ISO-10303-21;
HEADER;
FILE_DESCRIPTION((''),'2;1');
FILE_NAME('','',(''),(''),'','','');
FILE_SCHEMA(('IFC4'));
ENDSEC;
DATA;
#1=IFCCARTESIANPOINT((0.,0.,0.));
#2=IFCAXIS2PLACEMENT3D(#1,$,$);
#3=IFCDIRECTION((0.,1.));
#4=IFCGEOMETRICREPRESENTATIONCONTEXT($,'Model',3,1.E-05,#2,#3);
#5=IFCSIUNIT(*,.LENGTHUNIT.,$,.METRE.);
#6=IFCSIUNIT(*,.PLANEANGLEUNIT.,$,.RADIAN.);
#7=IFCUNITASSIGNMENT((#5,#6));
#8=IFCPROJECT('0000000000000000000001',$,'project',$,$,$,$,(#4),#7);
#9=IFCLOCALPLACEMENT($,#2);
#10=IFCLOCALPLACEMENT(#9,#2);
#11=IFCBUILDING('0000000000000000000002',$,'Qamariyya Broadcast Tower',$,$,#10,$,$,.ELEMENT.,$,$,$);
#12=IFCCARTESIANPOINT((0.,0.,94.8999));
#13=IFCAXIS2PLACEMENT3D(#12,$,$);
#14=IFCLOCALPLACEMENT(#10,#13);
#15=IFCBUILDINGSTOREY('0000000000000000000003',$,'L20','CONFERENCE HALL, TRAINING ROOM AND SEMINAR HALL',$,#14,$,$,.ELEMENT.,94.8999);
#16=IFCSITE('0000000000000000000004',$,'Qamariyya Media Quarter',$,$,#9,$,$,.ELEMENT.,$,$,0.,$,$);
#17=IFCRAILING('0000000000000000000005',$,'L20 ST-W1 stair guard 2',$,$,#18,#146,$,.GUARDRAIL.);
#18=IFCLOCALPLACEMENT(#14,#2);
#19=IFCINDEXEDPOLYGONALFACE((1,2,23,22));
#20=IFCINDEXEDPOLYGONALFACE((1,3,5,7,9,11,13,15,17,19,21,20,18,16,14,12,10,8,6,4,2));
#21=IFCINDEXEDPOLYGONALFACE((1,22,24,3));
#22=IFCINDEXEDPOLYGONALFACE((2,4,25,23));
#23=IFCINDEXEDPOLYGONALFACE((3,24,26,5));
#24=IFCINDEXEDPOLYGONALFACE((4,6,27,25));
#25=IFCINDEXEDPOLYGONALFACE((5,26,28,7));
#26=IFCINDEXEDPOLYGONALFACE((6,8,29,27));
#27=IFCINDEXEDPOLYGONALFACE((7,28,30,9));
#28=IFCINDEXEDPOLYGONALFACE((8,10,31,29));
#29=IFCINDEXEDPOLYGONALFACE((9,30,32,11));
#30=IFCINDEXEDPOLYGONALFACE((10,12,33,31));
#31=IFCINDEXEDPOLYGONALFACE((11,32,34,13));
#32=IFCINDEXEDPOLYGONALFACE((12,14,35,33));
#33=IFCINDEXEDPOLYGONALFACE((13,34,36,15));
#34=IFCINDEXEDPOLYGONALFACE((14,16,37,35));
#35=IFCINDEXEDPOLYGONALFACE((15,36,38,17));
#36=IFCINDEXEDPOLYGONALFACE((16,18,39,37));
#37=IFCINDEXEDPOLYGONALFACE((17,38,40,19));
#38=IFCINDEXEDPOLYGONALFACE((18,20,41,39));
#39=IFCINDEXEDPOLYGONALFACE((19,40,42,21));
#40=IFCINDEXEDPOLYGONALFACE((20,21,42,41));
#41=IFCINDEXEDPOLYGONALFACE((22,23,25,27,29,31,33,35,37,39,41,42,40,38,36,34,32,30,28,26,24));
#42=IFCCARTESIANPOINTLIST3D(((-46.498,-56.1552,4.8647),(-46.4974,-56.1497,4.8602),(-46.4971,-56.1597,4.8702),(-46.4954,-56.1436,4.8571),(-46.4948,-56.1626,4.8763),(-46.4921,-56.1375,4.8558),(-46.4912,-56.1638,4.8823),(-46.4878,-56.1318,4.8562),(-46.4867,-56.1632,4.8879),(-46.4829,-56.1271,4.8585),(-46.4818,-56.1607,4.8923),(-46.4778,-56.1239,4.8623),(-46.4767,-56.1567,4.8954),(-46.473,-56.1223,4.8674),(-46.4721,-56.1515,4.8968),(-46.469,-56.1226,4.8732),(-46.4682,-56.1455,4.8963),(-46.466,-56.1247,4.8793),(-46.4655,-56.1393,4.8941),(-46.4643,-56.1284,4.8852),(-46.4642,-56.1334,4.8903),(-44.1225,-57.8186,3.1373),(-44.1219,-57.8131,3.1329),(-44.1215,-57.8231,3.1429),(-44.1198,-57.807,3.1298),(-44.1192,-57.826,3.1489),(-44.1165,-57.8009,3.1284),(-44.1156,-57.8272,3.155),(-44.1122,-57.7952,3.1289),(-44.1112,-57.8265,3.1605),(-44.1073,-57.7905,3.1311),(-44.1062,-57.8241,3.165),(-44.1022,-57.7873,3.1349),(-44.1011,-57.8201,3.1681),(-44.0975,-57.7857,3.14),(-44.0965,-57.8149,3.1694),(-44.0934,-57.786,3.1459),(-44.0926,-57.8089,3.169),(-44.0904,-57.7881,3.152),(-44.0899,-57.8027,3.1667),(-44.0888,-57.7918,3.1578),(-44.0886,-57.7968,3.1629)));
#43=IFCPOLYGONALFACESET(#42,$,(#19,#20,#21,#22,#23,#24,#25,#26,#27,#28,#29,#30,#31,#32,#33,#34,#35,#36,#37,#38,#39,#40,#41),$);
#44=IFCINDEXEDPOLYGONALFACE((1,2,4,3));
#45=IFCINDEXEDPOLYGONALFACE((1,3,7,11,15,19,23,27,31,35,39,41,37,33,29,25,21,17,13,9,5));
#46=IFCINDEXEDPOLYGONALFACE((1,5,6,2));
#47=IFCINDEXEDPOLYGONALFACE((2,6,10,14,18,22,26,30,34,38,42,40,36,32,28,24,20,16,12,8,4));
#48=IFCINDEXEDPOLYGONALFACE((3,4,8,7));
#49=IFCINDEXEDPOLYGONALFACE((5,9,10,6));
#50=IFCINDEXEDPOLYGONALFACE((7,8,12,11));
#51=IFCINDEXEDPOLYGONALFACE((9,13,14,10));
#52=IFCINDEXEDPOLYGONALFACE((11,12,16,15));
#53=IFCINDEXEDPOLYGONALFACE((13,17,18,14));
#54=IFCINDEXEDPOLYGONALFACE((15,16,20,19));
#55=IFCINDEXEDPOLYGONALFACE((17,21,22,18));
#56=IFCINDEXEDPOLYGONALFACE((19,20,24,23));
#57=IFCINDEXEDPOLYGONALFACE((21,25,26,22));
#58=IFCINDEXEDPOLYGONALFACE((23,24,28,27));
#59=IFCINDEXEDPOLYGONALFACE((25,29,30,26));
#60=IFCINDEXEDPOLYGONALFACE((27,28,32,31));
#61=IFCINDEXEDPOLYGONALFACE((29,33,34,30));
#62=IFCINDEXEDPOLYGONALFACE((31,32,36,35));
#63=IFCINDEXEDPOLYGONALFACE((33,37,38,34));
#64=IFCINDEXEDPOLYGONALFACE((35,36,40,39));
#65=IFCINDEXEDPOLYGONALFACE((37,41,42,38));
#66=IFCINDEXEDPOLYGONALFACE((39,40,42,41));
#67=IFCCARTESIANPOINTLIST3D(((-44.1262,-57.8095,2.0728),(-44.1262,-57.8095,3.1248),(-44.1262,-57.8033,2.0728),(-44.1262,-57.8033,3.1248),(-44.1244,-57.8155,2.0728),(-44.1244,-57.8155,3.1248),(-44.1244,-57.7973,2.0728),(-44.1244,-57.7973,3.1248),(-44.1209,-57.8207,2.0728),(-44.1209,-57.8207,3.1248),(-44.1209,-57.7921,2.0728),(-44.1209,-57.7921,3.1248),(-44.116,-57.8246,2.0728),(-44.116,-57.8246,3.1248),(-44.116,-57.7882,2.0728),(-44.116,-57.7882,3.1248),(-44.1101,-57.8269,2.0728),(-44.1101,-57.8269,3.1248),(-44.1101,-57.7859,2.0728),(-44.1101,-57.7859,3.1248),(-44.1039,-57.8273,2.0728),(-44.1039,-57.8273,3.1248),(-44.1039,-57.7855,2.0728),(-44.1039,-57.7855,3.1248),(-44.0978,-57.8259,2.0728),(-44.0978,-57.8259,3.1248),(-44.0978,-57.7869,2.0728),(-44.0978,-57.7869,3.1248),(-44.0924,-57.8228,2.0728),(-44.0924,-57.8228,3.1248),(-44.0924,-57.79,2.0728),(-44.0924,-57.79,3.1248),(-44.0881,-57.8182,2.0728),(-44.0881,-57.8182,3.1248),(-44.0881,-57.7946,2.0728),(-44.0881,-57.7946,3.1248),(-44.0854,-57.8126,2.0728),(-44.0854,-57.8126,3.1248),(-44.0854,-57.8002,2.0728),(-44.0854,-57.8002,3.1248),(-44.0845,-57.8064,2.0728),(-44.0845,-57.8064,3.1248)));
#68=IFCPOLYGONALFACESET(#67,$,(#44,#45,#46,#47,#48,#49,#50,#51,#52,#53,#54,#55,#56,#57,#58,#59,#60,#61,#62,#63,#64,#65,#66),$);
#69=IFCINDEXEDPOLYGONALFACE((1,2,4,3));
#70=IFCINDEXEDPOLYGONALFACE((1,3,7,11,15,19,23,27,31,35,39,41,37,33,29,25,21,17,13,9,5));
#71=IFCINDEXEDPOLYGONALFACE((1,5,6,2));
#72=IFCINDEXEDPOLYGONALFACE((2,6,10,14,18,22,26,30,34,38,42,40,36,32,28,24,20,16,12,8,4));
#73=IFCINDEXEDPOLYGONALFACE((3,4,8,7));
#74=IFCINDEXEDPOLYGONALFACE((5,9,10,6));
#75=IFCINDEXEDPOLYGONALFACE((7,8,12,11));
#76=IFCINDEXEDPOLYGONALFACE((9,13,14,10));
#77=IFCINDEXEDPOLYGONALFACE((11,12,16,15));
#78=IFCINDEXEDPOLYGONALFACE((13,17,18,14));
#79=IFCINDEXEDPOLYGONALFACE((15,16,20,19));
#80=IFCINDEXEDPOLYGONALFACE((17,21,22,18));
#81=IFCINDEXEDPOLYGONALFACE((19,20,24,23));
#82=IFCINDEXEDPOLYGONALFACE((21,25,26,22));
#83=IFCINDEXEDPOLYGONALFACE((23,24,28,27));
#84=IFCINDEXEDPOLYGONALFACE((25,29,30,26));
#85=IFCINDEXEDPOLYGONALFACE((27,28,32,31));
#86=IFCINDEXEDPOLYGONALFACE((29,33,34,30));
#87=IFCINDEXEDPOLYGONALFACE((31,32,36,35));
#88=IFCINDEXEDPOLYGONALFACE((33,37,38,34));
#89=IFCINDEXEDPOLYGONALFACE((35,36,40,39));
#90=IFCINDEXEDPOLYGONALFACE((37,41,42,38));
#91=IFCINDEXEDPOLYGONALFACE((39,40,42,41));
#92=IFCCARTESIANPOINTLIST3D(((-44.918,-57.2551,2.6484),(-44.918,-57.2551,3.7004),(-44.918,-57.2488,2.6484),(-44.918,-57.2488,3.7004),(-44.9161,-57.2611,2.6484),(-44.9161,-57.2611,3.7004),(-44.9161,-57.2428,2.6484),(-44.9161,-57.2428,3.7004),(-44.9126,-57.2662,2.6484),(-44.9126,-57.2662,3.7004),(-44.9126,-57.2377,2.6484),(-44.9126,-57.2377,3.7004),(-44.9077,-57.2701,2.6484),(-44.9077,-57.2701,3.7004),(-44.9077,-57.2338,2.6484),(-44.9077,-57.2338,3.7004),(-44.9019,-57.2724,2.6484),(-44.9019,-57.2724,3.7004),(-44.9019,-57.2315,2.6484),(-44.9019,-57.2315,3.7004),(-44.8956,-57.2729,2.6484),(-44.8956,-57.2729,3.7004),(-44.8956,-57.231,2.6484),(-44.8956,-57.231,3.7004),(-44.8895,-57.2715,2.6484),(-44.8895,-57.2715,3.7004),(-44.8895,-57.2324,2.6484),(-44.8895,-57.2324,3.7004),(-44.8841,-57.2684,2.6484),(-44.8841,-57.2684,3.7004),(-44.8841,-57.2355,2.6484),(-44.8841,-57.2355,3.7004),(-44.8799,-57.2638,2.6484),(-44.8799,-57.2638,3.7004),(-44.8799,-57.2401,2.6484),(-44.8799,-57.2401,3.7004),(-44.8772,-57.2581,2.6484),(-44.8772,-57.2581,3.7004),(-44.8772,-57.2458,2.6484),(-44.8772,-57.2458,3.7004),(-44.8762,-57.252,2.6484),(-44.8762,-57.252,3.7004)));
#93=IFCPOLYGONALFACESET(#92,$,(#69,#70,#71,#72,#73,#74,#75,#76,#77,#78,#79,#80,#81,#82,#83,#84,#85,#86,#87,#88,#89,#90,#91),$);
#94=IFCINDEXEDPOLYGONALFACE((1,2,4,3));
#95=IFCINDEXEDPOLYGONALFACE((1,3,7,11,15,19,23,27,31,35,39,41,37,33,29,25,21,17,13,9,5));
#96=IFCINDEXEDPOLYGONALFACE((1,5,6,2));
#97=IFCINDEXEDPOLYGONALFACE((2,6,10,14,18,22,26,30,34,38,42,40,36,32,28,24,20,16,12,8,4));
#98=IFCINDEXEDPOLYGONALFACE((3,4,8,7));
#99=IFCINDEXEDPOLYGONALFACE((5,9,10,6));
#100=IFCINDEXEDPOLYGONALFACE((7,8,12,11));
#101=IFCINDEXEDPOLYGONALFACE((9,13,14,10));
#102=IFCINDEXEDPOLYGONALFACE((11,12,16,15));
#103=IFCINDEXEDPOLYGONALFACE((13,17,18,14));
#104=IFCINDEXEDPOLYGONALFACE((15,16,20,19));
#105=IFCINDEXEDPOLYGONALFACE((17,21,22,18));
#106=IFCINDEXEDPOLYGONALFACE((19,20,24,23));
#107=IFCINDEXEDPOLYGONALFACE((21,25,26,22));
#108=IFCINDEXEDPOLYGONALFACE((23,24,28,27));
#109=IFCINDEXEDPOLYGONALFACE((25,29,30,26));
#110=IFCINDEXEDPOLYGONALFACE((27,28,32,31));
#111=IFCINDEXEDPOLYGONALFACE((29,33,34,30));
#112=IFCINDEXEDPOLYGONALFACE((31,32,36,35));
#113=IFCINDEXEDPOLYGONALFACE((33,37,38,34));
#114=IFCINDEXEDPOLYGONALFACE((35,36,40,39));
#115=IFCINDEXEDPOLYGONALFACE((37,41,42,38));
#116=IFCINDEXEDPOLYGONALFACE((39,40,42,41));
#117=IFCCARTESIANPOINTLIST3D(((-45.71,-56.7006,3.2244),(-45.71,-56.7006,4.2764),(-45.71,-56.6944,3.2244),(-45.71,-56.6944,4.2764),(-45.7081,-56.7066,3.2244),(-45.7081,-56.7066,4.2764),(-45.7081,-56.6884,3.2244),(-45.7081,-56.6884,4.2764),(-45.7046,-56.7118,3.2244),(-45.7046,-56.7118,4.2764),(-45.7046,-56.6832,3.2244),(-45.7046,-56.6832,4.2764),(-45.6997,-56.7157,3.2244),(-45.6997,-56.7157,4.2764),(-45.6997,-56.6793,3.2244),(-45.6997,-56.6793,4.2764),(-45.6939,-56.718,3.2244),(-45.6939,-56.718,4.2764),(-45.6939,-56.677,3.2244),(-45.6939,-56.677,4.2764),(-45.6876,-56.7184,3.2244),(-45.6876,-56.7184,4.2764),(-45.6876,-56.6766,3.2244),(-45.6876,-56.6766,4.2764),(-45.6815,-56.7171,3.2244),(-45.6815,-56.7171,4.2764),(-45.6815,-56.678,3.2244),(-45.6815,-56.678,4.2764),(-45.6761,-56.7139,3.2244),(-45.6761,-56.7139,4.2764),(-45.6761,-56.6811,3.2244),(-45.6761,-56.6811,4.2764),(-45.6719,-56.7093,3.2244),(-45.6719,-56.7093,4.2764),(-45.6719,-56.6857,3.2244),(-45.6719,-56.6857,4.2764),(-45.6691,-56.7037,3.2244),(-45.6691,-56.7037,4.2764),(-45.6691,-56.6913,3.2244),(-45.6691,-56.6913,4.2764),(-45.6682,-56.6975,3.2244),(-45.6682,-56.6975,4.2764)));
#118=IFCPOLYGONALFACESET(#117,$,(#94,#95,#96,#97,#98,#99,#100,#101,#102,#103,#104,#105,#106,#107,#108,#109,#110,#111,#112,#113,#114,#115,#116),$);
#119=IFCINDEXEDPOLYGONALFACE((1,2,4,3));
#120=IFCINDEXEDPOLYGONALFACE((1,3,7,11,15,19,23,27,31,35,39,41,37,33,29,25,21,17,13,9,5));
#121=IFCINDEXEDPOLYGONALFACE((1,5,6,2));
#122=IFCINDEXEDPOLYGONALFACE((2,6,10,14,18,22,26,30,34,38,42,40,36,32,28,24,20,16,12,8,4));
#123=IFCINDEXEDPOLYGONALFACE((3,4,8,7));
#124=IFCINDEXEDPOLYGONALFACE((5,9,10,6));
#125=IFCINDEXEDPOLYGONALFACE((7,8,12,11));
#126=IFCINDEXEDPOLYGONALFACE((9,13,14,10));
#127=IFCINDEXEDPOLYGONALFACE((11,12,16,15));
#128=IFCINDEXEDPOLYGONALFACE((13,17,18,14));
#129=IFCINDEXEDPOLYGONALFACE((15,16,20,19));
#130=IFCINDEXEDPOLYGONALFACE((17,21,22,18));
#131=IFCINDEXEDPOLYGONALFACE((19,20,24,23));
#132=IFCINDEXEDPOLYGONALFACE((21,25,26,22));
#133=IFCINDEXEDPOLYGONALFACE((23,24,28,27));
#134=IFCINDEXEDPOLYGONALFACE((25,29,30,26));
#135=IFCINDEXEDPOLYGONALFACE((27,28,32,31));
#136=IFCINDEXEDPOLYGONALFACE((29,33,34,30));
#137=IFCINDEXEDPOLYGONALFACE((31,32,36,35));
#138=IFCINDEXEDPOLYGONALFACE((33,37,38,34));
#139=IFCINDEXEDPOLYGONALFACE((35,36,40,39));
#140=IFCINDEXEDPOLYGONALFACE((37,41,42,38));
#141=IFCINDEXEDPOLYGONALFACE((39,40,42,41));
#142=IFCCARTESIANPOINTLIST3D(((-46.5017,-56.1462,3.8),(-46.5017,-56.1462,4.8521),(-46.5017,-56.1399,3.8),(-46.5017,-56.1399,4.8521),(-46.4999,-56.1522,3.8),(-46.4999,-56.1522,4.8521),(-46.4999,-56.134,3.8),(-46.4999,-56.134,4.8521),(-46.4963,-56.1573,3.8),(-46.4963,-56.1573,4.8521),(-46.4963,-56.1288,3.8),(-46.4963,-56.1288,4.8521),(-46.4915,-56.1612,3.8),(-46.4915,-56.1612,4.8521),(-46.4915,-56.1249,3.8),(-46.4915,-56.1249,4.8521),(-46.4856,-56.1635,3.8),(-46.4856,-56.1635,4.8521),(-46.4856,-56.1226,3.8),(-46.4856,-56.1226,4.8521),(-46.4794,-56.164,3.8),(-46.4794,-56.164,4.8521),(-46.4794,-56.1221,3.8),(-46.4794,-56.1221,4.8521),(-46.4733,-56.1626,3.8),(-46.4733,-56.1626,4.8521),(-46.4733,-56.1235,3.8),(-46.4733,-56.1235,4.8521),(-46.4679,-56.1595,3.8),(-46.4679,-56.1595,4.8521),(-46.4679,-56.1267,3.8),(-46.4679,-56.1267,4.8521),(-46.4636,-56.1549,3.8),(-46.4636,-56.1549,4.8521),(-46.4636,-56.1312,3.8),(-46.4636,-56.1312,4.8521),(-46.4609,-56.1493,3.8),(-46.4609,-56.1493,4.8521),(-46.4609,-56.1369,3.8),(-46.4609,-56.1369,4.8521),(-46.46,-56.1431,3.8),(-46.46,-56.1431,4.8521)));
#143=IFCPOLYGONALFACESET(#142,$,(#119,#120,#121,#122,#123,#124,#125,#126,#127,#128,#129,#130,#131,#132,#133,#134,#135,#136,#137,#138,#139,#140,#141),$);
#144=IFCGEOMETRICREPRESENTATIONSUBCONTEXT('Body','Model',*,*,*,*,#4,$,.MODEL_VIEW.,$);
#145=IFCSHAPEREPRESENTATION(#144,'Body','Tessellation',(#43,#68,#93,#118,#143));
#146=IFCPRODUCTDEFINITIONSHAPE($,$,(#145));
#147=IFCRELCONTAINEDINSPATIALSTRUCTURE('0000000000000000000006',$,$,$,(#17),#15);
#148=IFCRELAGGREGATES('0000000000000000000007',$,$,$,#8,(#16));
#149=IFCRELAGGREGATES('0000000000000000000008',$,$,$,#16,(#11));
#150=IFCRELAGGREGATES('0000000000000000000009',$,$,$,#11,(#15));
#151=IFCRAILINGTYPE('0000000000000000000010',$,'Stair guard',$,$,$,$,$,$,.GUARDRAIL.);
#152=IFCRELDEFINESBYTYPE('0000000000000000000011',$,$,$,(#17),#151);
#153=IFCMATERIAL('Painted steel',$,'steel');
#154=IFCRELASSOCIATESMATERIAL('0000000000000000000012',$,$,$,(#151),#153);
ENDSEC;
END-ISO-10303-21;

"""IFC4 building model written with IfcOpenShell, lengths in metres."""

from ifc_helpers import new_model, si_unit, direction, frame, origin, origin_2d, place, context, subcontext, project, spatial, circle, extrude, material, type_object, element, save


model = new_model("IFC4")

# Units and contexts
model_context = context("Model", 3, precision=1e-05, world=origin(), true_north=direction((0.0, 1.0)))
body_context = subcontext(model_context, "Body", "Model", "MODEL_VIEW")
ifc_project = project(units=[si_unit("LENGTHUNIT", "METRE"), si_unit("PLANEANGLEUNIT", "RADIAN")], contexts=[model_context])

# Site, building, storey
site_placement = place(None, origin())
site = spatial("IfcSite", under=ifc_project, at=site_placement, Name="Qamariyya Media Quarter", CompositionType="ELEMENT", RefElevation=0.0)
building_placement = place(site_placement, origin())
building = spatial("IfcBuilding", under=site, at=building_placement, Name="Qamariyya Broadcast Tower", CompositionType="ELEMENT")
storey_placement = place(building_placement, frame((0.0, 0.0, 94.8999)))
storey = spatial("IfcBuildingStorey", under=building, at=storey_placement, Name="L20", Description="CONFERENCE HALL, TRAINING ROOM AND SEMINAR HALL", CompositionType="ELEMENT", Elevation=94.8999)

# Railing
ifc_material_1 = material(Name="Painted steel", Category="steel")
railing_type_1 = type_object("IfcRailingType", Name="Stair guard", PredefinedType="GUARDRAIL", material=ifc_material_1)
railing_1_placement = place(storey_placement, frame((-44.1055, -57.8064, 2.0728)))
element("IfcRailing", 1, at=railing_1_placement, inside=storey, type_object=railing_type_1, Name="L20 ST-W1 stair guard 2", PredefinedType="GUARDRAIL", context=body_context, shape_type="SweptSolid", body=[
    extrude(circle(Radius=0.0239, at=origin_2d()), frame((0.0, 0.0, 1.0762), z_axis=(-0.70377, 0.492784, 0.511734), x_axis=(-0.573575, -0.819153, 0.0)), (0.0, 0.0, 1.0), 3.3755),
    extrude(circle(Radius=0.021, at=origin_2d()), origin(), (0.0, 0.0, 1.0), 1.052),
    extrude(circle(Radius=0.021, at=origin_2d()), frame((-0.7917, 0.5544, 0.5757)), (0.0, 0.0, 1.0), 1.052),
    extrude(circle(Radius=0.021, at=origin_2d()), frame((-1.5837, 1.1089, 1.1516)), (0.0, 0.0, 1.0), 1.052),
    extrude(circle(Radius=0.021, at=origin_2d()), frame((-2.3755, 1.6633, 1.7273)), (0.0, 0.0, 1.0), 1.052),
])

save(model, "model.ifc")
